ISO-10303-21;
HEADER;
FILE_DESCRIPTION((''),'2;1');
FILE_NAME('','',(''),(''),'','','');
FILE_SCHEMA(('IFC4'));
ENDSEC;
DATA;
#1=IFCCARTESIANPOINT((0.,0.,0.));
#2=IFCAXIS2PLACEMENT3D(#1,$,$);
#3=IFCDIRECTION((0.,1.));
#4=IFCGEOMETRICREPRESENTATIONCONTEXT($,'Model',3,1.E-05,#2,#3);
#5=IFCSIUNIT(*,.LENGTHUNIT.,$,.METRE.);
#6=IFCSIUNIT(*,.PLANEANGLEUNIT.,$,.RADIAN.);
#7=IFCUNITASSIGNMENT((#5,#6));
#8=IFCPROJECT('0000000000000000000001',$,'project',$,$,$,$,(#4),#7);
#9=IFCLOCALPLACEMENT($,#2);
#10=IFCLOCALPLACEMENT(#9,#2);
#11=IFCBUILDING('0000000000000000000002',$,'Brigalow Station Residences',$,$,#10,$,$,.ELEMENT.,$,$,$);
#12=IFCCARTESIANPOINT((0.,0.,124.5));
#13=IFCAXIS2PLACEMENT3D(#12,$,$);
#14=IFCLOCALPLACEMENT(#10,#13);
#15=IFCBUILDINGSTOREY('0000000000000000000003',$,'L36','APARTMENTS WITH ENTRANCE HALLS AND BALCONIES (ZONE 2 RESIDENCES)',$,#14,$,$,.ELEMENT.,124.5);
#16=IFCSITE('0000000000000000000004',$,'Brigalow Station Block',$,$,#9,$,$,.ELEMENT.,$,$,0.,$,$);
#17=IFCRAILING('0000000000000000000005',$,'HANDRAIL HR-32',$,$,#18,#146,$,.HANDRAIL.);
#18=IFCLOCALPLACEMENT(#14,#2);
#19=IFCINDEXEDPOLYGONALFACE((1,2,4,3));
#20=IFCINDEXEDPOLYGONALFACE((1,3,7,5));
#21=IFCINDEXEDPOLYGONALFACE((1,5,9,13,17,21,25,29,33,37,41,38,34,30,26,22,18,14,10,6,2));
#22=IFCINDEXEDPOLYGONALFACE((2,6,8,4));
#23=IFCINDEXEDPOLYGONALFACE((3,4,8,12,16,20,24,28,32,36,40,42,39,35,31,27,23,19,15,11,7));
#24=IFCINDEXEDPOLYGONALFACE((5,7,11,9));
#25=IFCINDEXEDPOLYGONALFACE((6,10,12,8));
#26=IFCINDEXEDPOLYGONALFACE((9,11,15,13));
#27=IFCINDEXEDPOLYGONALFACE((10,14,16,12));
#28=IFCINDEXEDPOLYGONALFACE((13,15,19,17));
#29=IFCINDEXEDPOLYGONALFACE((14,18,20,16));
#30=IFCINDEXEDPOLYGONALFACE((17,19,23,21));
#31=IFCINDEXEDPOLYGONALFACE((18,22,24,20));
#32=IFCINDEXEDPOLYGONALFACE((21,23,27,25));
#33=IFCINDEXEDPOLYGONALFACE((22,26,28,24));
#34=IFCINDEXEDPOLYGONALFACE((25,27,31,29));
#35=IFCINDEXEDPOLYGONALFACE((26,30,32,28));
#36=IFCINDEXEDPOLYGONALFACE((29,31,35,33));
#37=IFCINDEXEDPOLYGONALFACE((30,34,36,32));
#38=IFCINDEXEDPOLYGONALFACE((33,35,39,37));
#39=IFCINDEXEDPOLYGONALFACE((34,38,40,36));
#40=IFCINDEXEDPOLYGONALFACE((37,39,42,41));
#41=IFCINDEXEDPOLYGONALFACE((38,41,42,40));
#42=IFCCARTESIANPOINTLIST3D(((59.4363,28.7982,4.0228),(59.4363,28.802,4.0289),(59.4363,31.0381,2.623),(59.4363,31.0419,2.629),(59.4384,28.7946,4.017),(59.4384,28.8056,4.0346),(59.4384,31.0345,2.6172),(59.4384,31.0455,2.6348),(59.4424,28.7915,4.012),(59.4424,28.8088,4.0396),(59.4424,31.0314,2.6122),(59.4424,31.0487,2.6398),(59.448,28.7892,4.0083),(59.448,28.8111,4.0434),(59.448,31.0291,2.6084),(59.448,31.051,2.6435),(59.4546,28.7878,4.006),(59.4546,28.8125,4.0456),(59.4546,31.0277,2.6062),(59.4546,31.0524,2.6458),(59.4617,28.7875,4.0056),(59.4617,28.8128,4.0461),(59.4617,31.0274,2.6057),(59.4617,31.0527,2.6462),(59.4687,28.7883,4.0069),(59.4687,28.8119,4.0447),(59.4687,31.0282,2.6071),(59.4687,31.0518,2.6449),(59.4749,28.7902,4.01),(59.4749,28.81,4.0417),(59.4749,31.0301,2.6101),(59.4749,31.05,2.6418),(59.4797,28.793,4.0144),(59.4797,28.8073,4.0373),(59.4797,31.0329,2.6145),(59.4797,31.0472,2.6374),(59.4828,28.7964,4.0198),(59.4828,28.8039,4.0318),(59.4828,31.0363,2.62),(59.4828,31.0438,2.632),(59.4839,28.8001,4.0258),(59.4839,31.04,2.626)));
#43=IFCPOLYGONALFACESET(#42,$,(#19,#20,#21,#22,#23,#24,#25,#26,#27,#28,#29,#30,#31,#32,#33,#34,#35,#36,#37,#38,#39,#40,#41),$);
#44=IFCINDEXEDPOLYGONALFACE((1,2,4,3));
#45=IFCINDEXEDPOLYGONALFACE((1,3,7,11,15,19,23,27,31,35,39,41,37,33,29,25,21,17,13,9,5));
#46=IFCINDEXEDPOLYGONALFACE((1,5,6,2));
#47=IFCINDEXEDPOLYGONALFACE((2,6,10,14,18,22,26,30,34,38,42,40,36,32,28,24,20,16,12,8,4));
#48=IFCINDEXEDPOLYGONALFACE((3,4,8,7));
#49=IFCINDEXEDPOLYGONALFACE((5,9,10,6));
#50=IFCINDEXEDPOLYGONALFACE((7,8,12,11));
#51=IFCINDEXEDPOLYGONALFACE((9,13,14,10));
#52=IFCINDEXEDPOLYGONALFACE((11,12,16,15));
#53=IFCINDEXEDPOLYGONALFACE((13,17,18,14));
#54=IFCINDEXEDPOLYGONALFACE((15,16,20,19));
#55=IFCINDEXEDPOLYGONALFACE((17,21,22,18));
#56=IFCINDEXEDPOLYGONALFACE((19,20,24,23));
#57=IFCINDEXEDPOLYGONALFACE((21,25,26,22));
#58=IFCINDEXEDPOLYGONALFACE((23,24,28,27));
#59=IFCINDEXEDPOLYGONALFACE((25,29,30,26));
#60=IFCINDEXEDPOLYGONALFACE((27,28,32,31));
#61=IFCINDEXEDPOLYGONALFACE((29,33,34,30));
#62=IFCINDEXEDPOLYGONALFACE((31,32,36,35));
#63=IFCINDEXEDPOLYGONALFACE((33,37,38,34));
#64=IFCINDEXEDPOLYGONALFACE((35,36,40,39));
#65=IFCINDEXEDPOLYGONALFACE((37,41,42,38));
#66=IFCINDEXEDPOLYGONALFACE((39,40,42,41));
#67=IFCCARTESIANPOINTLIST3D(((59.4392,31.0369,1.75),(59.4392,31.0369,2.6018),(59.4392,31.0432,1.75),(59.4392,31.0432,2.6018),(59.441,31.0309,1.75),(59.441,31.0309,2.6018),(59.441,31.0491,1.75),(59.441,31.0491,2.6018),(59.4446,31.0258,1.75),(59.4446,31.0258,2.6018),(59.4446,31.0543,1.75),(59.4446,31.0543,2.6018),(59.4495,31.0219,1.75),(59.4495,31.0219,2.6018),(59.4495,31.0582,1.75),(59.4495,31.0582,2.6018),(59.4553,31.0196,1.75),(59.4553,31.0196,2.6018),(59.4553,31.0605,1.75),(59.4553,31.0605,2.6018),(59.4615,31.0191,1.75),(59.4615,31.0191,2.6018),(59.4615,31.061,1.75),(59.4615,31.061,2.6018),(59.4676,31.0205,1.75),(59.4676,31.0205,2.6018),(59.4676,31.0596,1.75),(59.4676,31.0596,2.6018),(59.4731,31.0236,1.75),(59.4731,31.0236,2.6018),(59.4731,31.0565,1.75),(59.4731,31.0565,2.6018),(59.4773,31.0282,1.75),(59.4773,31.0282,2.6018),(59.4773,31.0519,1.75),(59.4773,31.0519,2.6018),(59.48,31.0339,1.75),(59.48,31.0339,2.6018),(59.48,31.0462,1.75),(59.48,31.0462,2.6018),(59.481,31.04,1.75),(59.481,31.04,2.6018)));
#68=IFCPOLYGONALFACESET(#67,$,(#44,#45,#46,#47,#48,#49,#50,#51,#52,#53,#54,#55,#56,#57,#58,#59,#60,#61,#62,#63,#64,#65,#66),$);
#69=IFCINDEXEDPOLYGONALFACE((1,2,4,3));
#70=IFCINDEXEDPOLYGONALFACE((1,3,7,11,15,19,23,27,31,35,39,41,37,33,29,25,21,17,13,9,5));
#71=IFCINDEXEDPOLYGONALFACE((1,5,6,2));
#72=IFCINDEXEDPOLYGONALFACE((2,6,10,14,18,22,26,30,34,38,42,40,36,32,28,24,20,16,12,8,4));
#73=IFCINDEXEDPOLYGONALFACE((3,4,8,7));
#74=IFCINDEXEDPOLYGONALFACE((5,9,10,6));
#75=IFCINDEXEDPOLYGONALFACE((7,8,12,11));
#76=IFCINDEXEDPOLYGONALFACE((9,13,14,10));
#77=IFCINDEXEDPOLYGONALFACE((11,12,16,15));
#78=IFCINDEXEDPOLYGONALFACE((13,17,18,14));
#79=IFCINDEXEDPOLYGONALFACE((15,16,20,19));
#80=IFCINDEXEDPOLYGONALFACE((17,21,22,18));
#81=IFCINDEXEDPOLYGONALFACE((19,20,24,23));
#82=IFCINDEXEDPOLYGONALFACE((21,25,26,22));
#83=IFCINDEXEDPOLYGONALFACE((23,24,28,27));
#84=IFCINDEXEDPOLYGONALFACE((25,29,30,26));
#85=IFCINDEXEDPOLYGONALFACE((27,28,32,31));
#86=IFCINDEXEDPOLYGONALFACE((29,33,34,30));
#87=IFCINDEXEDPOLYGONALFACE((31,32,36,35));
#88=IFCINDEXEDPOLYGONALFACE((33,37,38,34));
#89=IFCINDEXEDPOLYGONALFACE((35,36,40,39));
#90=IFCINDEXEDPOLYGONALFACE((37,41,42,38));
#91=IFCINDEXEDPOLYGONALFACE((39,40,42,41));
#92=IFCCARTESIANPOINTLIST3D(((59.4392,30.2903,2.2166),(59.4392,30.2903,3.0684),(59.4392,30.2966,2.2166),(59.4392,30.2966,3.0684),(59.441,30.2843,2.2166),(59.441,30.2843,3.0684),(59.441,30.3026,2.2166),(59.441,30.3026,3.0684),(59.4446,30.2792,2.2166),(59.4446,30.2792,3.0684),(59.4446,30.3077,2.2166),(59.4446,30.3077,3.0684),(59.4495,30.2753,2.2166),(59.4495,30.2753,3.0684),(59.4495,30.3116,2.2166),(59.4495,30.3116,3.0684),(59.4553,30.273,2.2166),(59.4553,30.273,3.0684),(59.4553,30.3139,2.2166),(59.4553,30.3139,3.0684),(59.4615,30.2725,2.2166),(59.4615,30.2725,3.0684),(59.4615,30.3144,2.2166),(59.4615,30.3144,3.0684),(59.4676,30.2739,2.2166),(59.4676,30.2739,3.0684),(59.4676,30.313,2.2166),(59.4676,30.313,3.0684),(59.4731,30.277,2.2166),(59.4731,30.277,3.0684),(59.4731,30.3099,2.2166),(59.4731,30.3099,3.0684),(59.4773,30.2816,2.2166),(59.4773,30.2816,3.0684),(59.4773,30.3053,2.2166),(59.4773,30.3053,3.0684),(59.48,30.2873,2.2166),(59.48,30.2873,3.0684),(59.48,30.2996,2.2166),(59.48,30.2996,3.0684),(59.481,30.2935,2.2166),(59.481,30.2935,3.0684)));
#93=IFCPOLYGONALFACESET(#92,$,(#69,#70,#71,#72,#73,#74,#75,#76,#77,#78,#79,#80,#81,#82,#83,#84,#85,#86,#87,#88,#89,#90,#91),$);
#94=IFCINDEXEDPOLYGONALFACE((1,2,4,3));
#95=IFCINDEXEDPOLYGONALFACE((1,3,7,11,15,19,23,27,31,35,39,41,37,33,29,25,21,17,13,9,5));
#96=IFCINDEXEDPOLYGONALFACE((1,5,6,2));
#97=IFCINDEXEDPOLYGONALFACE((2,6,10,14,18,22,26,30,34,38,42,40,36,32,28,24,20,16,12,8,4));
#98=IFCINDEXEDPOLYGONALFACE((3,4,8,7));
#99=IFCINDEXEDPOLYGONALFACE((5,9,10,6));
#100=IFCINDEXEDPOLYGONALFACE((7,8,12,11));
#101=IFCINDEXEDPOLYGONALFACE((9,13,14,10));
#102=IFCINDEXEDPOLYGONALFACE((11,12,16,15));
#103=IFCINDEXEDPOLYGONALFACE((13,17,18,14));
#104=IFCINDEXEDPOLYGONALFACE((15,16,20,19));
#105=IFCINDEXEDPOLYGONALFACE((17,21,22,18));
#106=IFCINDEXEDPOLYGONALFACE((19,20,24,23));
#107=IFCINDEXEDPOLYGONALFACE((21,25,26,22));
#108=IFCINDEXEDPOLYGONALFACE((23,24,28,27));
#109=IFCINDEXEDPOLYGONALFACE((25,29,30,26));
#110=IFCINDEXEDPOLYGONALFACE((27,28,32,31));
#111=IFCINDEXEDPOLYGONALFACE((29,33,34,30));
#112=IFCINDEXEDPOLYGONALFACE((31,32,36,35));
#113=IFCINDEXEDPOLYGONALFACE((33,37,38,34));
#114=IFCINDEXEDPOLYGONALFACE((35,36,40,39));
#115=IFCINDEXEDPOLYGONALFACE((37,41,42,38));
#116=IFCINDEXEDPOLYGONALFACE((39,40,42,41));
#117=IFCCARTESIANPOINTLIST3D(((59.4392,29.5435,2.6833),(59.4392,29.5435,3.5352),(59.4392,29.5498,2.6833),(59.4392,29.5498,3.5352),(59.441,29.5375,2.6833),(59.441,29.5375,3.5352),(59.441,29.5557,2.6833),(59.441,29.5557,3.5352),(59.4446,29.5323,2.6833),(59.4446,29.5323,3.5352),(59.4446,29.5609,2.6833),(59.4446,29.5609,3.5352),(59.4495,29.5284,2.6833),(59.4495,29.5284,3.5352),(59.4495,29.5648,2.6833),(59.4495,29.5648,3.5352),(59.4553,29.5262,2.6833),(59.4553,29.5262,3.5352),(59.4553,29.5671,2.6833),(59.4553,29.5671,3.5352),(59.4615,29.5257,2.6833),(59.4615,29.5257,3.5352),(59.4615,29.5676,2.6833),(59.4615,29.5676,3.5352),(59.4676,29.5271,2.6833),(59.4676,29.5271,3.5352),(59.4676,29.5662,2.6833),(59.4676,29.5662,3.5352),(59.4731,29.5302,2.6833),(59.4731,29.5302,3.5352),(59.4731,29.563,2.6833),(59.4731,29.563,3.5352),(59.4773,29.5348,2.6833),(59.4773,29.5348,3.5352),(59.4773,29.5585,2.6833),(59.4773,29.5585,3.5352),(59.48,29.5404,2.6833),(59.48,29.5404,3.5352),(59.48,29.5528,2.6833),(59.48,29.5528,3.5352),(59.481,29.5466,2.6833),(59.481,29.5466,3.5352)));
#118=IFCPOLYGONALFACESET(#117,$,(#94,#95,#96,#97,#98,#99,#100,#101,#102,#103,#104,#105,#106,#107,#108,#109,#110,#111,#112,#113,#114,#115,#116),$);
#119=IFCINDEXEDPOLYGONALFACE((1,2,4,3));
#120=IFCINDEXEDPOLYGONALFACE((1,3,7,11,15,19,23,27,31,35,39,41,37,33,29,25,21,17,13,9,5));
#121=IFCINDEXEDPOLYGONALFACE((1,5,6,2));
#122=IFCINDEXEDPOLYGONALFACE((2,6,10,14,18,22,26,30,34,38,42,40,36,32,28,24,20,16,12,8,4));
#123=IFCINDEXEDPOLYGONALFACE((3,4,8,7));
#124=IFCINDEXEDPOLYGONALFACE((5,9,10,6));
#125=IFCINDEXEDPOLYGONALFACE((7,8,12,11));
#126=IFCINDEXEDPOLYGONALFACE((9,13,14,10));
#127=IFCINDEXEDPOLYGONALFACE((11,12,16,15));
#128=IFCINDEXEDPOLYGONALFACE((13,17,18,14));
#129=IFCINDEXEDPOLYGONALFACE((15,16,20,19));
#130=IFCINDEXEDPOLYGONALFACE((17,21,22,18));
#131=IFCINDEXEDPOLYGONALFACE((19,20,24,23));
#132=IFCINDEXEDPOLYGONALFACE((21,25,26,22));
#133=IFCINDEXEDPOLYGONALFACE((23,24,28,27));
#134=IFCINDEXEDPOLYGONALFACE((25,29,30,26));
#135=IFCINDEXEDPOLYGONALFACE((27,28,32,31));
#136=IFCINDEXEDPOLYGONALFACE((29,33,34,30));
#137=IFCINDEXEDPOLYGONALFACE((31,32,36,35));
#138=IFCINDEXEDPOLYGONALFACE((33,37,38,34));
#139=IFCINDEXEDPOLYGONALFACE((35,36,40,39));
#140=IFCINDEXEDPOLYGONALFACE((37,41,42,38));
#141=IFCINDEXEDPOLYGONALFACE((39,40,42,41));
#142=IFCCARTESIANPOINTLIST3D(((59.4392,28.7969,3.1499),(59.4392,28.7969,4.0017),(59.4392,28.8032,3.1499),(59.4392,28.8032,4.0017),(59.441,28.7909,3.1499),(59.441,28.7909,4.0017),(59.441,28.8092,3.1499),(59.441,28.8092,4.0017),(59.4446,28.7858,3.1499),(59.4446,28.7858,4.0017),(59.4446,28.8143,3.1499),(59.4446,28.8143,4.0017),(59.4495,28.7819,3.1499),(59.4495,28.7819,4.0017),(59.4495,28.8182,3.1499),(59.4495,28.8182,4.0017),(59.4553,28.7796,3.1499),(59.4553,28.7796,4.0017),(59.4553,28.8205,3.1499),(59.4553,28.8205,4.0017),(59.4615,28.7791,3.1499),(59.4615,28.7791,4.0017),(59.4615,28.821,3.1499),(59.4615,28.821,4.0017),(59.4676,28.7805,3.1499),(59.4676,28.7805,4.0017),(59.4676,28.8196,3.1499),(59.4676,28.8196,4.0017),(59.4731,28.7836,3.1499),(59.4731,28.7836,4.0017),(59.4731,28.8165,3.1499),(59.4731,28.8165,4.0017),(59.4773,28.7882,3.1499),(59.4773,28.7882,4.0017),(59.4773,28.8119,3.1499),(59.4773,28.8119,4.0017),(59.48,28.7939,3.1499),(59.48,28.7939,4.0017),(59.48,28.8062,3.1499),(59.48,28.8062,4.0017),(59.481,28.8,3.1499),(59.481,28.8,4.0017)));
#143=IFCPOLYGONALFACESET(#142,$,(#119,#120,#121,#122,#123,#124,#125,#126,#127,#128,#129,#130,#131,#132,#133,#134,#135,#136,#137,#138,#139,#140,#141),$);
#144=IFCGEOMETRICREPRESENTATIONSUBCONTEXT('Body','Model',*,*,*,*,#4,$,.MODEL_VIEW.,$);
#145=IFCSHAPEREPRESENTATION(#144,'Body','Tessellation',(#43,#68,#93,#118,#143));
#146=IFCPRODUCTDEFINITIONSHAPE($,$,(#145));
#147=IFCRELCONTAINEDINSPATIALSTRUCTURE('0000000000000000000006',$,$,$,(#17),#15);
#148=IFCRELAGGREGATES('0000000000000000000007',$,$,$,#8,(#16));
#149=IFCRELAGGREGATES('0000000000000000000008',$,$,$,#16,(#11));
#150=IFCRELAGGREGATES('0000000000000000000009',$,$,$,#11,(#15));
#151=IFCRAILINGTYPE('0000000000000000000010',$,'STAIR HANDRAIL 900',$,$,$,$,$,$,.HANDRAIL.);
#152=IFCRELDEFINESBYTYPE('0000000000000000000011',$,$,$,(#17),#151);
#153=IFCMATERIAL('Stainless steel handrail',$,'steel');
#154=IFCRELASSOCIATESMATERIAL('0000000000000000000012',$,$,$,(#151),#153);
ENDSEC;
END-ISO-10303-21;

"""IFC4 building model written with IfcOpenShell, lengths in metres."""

from ifc_helpers import new_model, si_unit, direction, frame, origin, origin_2d, place, context, subcontext, project, spatial, circle, extrude, material, type_object, element, save


model = new_model("IFC4")

# Units and contexts
model_context = context("Model", 3, precision=1e-05, world=origin(), true_north=direction((0.0, 1.0)))
body_context = subcontext(model_context, "Body", "Model", "MODEL_VIEW")
ifc_project = project(units=[si_unit("LENGTHUNIT", "METRE"), si_unit("PLANEANGLEUNIT", "RADIAN")], contexts=[model_context])

# Site, building, storey
site_placement = place(None, origin())
site = spatial("IfcSite", under=ifc_project, at=site_placement, Name="Brigalow Station Block", CompositionType="ELEMENT", RefElevation=0.0)
building_placement = place(site_placement, origin())
building = spatial("IfcBuilding", under=site, at=building_placement, Name="Brigalow Station Residences", CompositionType="ELEMENT")
storey_placement = place(building_placement, frame((0.0, 0.0, 124.5)))
storey = spatial("IfcBuildingStorey", under=building, at=storey_placement, Name="L36", Description="APARTMENTS WITH ENTRANCE HALLS AND BALCONIES (ZONE 2 RESIDENCES)", CompositionType="ELEMENT", Elevation=124.5)

# Railing
ifc_material_1 = material(Name="Stainless steel handrail", Category="steel")
railing_type = type_object("IfcRailingType", Name="STAIR HANDRAIL 900", PredefinedType="HANDRAIL", material=ifc_material_1)
railing_placement = place(storey_placement, frame((59.46, 31.04, 1.75)))
element("IfcRailing", 1, at=railing_placement, inside=storey, type_object=railing_type, Name="HANDRAIL HR-32", PredefinedType="HANDRAIL", context=body_context, shape_type="SweptSolid", body=[
    extrude(circle(Radius=0.0239, at=origin_2d()), frame((0.0, 0.0, 0.876), z_axis=(0.0, -0.848014, 0.529974), x_axis=(1.0, 0.0, 0.0)), (0.0, 0.0, 1.0), 2.6414),
    extrude(circle(Radius=0.021, at=origin_2d()), origin(), (0.0, 0.0, 1.0), 0.8518),
    extrude(circle(Radius=0.021, at=origin_2d()), frame((0.0, -0.7466, 0.4666)), (0.0, 0.0, 1.0), 0.8518),
    extrude(circle(Radius=0.021, at=origin_2d()), frame((0.0, -1.4934, 0.9333)), (0.0, 0.0, 1.0), 0.8518),
    extrude(circle(Radius=0.021, at=origin_2d()), frame((0.0, -2.24, 1.3999)), (0.0, 0.0, 1.0), 0.8518),
])

save(model, "model.ifc")
